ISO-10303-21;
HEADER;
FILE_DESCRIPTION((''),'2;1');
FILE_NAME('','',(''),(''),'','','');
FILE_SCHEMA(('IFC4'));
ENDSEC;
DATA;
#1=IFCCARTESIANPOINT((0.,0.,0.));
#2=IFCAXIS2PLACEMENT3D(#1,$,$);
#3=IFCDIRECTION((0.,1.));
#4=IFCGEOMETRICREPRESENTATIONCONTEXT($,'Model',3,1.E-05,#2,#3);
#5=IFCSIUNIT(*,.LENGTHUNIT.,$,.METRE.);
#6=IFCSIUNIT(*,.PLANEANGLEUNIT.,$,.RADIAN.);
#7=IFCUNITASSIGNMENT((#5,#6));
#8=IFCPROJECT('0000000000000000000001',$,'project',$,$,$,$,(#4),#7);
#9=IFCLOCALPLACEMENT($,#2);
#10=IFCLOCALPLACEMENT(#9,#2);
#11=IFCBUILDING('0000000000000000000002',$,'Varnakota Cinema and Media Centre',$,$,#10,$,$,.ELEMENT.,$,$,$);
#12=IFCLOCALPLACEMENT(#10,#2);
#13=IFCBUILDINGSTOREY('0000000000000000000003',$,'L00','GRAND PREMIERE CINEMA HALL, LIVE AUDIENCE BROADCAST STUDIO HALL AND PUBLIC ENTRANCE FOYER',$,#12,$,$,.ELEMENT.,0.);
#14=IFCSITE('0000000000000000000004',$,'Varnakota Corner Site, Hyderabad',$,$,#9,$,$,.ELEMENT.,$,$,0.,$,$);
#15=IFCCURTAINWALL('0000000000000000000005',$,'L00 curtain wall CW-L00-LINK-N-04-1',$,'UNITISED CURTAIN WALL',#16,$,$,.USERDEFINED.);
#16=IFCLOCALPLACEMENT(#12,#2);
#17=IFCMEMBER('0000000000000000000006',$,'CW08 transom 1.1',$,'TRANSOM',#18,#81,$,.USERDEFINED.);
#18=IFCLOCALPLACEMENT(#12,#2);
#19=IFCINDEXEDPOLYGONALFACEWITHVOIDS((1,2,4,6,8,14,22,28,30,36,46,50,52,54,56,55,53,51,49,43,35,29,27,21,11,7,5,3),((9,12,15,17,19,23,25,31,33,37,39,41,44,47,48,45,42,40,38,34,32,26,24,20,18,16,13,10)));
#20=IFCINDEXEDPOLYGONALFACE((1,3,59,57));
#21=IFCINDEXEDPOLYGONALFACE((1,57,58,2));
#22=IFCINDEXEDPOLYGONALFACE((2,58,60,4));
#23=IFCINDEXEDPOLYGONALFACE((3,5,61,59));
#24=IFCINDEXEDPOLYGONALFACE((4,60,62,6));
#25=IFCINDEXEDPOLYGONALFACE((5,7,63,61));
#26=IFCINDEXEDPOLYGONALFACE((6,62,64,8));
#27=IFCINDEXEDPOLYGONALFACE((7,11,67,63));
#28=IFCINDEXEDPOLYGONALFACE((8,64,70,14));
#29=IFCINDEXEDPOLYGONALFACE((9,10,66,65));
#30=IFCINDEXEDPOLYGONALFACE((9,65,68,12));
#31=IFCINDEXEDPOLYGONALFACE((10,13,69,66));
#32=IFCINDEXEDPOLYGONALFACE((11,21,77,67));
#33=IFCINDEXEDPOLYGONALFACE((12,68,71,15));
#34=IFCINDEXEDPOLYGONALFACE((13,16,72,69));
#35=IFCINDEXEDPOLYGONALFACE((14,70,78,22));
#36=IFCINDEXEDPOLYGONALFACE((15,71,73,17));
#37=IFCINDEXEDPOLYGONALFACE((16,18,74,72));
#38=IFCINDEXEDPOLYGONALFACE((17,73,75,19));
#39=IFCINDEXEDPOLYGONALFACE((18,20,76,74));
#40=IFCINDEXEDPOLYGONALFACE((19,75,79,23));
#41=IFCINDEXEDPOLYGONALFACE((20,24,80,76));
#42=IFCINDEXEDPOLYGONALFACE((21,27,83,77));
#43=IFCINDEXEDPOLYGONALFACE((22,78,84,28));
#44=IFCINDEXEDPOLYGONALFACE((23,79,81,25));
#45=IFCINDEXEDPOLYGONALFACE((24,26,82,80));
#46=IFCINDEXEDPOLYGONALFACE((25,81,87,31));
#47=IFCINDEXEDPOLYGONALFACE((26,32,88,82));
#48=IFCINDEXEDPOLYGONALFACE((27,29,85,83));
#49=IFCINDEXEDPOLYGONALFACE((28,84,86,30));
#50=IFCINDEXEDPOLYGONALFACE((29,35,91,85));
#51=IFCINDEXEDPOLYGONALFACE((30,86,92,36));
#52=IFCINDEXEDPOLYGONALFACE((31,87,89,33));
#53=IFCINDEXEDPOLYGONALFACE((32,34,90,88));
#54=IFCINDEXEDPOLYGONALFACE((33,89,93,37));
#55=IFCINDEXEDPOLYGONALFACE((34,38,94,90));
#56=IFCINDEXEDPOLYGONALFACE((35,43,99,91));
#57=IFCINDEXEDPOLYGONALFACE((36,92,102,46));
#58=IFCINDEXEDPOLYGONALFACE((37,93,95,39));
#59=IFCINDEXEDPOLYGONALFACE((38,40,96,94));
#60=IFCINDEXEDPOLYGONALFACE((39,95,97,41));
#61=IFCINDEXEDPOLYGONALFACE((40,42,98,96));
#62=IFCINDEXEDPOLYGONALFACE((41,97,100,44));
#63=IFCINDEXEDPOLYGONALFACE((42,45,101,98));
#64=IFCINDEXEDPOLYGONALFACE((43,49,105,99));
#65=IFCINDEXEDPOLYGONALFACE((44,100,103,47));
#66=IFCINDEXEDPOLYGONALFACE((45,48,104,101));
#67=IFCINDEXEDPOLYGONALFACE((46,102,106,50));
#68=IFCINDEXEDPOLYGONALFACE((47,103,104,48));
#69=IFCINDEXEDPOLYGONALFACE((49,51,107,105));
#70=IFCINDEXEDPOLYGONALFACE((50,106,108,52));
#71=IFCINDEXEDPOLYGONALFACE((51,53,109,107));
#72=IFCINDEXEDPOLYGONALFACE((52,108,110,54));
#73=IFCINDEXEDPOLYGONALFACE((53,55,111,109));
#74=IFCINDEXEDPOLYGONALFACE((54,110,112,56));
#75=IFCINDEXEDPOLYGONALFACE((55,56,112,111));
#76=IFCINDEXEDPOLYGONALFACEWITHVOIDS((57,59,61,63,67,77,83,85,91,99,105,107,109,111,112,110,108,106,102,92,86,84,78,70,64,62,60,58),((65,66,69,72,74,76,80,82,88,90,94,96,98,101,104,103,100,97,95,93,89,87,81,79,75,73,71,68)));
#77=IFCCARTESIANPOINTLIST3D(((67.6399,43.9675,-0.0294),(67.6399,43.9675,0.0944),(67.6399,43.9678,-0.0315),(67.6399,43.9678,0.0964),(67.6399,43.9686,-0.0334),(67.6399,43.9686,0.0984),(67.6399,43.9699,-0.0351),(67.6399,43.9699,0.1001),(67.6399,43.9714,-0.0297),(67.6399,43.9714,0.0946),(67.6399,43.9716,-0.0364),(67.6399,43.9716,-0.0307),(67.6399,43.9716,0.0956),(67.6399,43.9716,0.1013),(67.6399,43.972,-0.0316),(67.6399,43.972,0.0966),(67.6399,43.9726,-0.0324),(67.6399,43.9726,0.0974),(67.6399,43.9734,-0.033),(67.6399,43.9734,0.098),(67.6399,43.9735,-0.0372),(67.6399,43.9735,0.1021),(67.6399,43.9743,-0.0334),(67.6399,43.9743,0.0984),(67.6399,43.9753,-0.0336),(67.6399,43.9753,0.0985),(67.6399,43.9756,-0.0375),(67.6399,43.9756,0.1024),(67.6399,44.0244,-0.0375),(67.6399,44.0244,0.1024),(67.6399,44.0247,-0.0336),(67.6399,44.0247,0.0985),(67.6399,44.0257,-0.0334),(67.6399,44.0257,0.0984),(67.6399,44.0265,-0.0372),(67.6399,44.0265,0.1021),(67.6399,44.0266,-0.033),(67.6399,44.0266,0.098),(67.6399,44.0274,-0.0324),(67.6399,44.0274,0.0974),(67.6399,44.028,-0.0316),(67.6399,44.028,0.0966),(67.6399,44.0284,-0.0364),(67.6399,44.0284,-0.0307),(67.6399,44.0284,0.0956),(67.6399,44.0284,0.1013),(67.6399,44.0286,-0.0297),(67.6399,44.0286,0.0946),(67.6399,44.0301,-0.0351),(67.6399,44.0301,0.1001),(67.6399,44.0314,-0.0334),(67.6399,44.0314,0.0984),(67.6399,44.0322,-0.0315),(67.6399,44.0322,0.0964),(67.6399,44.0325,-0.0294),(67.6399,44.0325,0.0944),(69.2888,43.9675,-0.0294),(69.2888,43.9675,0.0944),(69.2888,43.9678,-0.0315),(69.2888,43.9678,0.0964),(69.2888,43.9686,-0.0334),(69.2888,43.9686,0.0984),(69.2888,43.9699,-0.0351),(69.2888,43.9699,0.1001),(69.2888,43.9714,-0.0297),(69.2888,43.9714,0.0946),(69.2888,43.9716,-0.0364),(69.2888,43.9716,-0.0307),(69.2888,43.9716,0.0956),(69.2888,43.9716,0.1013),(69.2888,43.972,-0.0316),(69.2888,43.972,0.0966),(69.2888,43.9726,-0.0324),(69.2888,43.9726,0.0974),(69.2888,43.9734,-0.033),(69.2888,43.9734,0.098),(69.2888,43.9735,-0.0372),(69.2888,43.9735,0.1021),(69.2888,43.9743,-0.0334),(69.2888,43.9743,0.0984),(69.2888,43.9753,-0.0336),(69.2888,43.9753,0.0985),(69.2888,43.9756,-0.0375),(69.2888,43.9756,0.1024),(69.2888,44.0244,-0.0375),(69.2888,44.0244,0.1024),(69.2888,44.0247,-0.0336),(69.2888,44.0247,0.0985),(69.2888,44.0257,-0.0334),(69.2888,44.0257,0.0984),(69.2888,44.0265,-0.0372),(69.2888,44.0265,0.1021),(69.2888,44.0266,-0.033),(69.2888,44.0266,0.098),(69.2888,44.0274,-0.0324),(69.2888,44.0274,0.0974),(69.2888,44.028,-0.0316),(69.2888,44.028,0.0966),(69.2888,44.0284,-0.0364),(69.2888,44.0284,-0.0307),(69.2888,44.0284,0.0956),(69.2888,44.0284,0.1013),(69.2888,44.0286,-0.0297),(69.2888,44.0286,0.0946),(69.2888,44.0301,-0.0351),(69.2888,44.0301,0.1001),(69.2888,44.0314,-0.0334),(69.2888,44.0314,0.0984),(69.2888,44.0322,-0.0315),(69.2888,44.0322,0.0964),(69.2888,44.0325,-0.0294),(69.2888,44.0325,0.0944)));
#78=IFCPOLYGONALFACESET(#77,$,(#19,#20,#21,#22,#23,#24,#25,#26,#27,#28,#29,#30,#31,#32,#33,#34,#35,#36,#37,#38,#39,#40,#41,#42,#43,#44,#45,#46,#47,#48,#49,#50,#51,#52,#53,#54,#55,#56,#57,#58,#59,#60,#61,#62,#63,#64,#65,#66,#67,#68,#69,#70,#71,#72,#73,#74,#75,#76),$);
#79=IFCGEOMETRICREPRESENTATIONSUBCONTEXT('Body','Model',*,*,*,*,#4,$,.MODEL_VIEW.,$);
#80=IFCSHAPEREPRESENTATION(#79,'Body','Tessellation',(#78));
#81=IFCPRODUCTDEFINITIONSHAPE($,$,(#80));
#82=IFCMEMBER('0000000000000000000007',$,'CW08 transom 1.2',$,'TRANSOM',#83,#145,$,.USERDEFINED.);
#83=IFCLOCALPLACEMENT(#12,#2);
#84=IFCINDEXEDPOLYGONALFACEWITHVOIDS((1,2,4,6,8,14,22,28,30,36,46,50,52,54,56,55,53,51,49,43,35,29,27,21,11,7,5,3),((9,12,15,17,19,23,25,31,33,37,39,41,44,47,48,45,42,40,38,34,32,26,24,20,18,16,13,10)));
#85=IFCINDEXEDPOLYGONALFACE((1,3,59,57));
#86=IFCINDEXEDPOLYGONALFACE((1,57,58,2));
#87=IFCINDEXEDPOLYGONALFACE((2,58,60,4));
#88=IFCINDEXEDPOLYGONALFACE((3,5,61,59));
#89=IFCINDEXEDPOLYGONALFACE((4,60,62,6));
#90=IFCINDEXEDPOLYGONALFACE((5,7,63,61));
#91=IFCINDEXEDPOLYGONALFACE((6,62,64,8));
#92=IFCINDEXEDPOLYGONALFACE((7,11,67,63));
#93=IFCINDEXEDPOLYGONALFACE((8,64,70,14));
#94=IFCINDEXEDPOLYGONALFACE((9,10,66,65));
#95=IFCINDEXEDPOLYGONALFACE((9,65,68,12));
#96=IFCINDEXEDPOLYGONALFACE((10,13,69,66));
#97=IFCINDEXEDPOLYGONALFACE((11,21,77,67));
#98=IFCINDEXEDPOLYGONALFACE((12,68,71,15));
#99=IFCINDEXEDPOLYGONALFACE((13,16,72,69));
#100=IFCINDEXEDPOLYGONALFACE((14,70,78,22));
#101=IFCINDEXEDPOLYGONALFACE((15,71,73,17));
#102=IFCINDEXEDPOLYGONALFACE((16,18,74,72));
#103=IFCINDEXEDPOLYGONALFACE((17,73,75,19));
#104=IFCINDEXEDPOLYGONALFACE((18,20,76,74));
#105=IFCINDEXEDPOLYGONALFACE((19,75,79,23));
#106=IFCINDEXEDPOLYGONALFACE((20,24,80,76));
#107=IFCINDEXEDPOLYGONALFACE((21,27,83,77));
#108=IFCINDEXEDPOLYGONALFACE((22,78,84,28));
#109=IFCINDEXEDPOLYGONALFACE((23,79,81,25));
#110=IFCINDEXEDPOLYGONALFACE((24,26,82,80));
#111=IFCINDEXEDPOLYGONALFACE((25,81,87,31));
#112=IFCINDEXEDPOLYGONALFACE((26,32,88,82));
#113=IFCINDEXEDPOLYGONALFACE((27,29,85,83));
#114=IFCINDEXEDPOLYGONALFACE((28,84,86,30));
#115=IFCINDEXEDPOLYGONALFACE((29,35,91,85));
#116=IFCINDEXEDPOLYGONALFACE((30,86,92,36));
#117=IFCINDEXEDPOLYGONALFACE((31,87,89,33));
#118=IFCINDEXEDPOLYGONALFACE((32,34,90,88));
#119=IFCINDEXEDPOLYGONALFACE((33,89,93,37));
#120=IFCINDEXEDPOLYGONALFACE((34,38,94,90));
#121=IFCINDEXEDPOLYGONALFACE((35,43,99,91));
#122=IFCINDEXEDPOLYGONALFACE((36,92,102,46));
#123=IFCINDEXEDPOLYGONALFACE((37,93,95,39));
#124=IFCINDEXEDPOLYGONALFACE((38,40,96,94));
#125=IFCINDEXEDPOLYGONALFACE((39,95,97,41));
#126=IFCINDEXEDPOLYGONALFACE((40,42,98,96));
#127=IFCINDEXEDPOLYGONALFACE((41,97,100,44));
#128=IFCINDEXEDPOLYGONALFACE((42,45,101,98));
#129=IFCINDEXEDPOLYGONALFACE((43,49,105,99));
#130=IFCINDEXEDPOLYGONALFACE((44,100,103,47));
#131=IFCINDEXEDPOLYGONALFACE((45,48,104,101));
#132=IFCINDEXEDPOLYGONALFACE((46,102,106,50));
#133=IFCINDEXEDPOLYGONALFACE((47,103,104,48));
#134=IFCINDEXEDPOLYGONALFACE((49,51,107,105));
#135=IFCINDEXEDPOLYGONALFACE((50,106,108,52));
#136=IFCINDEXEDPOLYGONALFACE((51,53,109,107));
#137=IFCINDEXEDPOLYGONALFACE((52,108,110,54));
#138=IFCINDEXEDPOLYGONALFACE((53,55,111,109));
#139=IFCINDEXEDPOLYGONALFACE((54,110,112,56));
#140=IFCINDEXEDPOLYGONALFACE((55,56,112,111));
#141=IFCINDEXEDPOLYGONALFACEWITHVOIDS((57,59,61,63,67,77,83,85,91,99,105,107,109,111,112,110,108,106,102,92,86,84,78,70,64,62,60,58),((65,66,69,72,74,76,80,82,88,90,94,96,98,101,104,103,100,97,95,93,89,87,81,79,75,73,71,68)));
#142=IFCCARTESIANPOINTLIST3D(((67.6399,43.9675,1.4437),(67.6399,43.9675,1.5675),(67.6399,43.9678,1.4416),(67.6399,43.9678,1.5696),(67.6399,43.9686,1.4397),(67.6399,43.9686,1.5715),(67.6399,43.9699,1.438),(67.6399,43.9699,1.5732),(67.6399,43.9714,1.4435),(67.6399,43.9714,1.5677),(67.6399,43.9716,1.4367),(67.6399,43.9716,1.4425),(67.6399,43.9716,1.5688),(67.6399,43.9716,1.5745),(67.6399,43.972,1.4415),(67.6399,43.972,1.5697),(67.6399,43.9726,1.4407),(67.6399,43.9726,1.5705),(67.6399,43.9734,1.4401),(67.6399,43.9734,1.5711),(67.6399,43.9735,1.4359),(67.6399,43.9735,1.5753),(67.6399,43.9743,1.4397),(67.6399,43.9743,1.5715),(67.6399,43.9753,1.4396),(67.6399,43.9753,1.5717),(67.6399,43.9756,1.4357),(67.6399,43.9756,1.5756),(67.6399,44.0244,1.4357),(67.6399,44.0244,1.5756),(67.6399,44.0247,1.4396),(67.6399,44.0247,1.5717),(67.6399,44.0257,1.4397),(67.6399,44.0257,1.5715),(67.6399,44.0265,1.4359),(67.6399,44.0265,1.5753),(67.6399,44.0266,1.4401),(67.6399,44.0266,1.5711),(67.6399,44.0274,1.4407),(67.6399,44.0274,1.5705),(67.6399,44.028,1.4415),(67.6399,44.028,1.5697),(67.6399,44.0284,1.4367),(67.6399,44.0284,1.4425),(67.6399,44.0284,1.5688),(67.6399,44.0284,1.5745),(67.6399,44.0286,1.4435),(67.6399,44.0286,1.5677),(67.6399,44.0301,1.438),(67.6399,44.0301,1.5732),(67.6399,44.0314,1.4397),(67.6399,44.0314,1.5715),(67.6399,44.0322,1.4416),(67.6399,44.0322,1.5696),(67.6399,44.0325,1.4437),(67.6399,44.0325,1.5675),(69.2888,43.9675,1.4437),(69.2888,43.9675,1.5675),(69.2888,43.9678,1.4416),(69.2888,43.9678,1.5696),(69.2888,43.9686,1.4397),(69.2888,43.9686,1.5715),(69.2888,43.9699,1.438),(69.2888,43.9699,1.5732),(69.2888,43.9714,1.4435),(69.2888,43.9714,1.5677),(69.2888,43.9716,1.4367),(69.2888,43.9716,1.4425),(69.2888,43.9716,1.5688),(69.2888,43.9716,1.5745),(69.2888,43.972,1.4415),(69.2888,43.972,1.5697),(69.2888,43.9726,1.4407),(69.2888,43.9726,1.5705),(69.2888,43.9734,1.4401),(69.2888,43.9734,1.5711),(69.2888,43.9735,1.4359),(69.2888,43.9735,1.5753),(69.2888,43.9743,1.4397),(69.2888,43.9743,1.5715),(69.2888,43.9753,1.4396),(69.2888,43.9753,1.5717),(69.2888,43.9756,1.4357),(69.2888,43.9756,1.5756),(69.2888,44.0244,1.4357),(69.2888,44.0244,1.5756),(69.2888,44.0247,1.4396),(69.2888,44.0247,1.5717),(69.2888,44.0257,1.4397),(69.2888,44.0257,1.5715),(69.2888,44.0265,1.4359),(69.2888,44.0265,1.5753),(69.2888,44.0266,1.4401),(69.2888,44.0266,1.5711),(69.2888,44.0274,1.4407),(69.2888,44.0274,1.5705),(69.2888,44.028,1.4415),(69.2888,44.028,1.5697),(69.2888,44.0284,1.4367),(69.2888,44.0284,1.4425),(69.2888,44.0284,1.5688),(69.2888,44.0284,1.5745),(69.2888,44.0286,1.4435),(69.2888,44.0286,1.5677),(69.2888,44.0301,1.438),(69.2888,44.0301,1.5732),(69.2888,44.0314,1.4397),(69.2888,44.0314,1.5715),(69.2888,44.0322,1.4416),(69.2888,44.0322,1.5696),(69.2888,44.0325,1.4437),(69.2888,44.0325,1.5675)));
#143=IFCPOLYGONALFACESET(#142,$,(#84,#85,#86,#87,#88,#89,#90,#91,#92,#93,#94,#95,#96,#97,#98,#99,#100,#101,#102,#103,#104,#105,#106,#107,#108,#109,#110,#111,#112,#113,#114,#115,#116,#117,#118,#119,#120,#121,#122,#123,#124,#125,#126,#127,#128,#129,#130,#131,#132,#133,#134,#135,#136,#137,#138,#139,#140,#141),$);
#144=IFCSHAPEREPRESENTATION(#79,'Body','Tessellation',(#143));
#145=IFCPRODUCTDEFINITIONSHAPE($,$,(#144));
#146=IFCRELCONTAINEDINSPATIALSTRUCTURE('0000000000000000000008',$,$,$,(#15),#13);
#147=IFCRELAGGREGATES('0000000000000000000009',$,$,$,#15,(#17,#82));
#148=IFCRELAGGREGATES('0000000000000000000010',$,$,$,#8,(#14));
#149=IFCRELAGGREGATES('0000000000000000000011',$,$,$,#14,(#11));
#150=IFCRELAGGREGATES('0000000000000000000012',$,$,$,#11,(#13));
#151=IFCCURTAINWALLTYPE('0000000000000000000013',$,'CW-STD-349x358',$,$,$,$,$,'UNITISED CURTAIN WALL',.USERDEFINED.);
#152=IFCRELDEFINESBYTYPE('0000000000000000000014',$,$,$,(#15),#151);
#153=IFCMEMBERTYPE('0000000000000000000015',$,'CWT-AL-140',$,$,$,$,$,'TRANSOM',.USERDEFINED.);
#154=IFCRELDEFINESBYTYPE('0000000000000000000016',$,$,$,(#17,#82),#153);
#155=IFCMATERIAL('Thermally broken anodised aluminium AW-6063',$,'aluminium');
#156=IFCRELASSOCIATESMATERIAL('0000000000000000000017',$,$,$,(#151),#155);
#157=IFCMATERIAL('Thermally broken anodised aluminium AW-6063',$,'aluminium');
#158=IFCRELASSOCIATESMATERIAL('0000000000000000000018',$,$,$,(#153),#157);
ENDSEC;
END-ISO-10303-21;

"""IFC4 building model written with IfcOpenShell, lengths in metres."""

from ifc_helpers import new_model, si_unit, direction, frame, origin, origin_2d, place, context, subcontext, project, spatial, hollow_rectangle, extrude, material, material_profile, profile_set, type_object, element, aggregate, save


model = new_model("IFC4")

# Units and contexts
model_context = context("Model", 3, precision=1e-05, world=origin(), true_north=direction((0.0, 1.0)))
body_context = subcontext(model_context, "Body", "Model", "MODEL_VIEW")
ifc_project = project(units=[si_unit("LENGTHUNIT", "METRE"), si_unit("PLANEANGLEUNIT", "RADIAN")], contexts=[model_context])

# Site, building, storey
site_placement = place(None, origin())
site = spatial("IfcSite", under=ifc_project, at=site_placement, Name="Varnakota Corner Site, Hyderabad", CompositionType="ELEMENT", RefElevation=0.0)
building_placement = place(site_placement, origin())
building = spatial("IfcBuilding", under=site, at=building_placement, Name="Varnakota Cinema and Media Centre", CompositionType="ELEMENT")
storey_placement = place(building_placement, origin())
storey = spatial("IfcBuildingStorey", under=building, at=storey_placement, Name="L00", Description="GRAND PREMIERE CINEMA HALL, LIVE AUDIENCE BROADCAST STUDIO HALL AND PUBLIC ENTRANCE FOYER", CompositionType="ELEMENT", Elevation=0.0)

# Curtain wall
ifc_material_1 = material(Name="Thermally broken anodised aluminium AW-6063", Category="aluminium")
curtain_wall_type = type_object("IfcCurtainWallType", Name="CW-STD-349x358", ElementType="UNITISED CURTAIN WALL", PredefinedType="USERDEFINED", material=ifc_material_1)
curtain_wall_1_placement = place(storey_placement, origin())
curtain_wall_1 = element("IfcCurtainWall", 1, at=curtain_wall_1_placement, inside=storey, type_object=curtain_wall_type, Name="L00 curtain wall CW-L00-LINK-N-04-1", ObjectType="UNITISED CURTAIN WALL", PredefinedType="USERDEFINED")

# Members
ifc_material_2 = material(Name="Thermally broken anodised aluminium AW-6063", Category="aluminium")
ifc_material_profile_1 = material_profile(ifc_material_2, hollow_rectangle(XDim=0.0649, YDim=0.1399, WallThickness=0.0039, InnerFilletRadius=0.0039, OuterFilletRadius=0.0081, at=origin_2d()), Name="AL-TRANSOM 140x65x4")
ifc_profile_set_1 = profile_set([ifc_material_profile_1], Name="Thermally broken anodised aluminium AW-6063")
member_type_1 = type_object("IfcMemberType", Name="CWT-AL-140", ElementType="TRANSOM", PredefinedType="USERDEFINED", material=ifc_profile_set_1)
member_1_placement = place(storey_placement, frame((67.6399, 44.0, 0.0325), z_axis=(1.0, 0.0, 0.0), x_axis=(0.0, 1.0, 0.0)))
member_1 = element("IfcMember", 2, at=member_1_placement, type_object=member_type_1, Name="CW08 transom 1.1", ObjectType="TRANSOM", PredefinedType="USERDEFINED", context=body_context, shape_type="SweptSolid", body=[
    extrude(hollow_rectangle(XDim=0.0649, YDim=0.1399, WallThickness=0.0039, InnerFilletRadius=0.0039, OuterFilletRadius=0.0081, at=origin_2d()), origin(), (0.0, 0.0, 1.0), 1.6489),
])
member_2_placement = place(storey_placement, frame((67.6399, 44.0, 1.5056), z_axis=(1.0, 0.0, 0.0), x_axis=(0.0, 1.0, 0.0)))
member_2 = element("IfcMember", 3, at=member_2_placement, type_object=member_type_1, Name="CW08 transom 1.2", ObjectType="TRANSOM", PredefinedType="USERDEFINED", context=body_context, shape_type="SweptSolid", body=[
    extrude(hollow_rectangle(XDim=0.0649, YDim=0.1399, WallThickness=0.0039, InnerFilletRadius=0.0039, OuterFilletRadius=0.0081, at=origin_2d()), origin(), (0.0, 0.0, 1.0), 1.6489),
])

aggregate(curtain_wall_1, [member_1, member_2])

save(model, "model.ifc")
